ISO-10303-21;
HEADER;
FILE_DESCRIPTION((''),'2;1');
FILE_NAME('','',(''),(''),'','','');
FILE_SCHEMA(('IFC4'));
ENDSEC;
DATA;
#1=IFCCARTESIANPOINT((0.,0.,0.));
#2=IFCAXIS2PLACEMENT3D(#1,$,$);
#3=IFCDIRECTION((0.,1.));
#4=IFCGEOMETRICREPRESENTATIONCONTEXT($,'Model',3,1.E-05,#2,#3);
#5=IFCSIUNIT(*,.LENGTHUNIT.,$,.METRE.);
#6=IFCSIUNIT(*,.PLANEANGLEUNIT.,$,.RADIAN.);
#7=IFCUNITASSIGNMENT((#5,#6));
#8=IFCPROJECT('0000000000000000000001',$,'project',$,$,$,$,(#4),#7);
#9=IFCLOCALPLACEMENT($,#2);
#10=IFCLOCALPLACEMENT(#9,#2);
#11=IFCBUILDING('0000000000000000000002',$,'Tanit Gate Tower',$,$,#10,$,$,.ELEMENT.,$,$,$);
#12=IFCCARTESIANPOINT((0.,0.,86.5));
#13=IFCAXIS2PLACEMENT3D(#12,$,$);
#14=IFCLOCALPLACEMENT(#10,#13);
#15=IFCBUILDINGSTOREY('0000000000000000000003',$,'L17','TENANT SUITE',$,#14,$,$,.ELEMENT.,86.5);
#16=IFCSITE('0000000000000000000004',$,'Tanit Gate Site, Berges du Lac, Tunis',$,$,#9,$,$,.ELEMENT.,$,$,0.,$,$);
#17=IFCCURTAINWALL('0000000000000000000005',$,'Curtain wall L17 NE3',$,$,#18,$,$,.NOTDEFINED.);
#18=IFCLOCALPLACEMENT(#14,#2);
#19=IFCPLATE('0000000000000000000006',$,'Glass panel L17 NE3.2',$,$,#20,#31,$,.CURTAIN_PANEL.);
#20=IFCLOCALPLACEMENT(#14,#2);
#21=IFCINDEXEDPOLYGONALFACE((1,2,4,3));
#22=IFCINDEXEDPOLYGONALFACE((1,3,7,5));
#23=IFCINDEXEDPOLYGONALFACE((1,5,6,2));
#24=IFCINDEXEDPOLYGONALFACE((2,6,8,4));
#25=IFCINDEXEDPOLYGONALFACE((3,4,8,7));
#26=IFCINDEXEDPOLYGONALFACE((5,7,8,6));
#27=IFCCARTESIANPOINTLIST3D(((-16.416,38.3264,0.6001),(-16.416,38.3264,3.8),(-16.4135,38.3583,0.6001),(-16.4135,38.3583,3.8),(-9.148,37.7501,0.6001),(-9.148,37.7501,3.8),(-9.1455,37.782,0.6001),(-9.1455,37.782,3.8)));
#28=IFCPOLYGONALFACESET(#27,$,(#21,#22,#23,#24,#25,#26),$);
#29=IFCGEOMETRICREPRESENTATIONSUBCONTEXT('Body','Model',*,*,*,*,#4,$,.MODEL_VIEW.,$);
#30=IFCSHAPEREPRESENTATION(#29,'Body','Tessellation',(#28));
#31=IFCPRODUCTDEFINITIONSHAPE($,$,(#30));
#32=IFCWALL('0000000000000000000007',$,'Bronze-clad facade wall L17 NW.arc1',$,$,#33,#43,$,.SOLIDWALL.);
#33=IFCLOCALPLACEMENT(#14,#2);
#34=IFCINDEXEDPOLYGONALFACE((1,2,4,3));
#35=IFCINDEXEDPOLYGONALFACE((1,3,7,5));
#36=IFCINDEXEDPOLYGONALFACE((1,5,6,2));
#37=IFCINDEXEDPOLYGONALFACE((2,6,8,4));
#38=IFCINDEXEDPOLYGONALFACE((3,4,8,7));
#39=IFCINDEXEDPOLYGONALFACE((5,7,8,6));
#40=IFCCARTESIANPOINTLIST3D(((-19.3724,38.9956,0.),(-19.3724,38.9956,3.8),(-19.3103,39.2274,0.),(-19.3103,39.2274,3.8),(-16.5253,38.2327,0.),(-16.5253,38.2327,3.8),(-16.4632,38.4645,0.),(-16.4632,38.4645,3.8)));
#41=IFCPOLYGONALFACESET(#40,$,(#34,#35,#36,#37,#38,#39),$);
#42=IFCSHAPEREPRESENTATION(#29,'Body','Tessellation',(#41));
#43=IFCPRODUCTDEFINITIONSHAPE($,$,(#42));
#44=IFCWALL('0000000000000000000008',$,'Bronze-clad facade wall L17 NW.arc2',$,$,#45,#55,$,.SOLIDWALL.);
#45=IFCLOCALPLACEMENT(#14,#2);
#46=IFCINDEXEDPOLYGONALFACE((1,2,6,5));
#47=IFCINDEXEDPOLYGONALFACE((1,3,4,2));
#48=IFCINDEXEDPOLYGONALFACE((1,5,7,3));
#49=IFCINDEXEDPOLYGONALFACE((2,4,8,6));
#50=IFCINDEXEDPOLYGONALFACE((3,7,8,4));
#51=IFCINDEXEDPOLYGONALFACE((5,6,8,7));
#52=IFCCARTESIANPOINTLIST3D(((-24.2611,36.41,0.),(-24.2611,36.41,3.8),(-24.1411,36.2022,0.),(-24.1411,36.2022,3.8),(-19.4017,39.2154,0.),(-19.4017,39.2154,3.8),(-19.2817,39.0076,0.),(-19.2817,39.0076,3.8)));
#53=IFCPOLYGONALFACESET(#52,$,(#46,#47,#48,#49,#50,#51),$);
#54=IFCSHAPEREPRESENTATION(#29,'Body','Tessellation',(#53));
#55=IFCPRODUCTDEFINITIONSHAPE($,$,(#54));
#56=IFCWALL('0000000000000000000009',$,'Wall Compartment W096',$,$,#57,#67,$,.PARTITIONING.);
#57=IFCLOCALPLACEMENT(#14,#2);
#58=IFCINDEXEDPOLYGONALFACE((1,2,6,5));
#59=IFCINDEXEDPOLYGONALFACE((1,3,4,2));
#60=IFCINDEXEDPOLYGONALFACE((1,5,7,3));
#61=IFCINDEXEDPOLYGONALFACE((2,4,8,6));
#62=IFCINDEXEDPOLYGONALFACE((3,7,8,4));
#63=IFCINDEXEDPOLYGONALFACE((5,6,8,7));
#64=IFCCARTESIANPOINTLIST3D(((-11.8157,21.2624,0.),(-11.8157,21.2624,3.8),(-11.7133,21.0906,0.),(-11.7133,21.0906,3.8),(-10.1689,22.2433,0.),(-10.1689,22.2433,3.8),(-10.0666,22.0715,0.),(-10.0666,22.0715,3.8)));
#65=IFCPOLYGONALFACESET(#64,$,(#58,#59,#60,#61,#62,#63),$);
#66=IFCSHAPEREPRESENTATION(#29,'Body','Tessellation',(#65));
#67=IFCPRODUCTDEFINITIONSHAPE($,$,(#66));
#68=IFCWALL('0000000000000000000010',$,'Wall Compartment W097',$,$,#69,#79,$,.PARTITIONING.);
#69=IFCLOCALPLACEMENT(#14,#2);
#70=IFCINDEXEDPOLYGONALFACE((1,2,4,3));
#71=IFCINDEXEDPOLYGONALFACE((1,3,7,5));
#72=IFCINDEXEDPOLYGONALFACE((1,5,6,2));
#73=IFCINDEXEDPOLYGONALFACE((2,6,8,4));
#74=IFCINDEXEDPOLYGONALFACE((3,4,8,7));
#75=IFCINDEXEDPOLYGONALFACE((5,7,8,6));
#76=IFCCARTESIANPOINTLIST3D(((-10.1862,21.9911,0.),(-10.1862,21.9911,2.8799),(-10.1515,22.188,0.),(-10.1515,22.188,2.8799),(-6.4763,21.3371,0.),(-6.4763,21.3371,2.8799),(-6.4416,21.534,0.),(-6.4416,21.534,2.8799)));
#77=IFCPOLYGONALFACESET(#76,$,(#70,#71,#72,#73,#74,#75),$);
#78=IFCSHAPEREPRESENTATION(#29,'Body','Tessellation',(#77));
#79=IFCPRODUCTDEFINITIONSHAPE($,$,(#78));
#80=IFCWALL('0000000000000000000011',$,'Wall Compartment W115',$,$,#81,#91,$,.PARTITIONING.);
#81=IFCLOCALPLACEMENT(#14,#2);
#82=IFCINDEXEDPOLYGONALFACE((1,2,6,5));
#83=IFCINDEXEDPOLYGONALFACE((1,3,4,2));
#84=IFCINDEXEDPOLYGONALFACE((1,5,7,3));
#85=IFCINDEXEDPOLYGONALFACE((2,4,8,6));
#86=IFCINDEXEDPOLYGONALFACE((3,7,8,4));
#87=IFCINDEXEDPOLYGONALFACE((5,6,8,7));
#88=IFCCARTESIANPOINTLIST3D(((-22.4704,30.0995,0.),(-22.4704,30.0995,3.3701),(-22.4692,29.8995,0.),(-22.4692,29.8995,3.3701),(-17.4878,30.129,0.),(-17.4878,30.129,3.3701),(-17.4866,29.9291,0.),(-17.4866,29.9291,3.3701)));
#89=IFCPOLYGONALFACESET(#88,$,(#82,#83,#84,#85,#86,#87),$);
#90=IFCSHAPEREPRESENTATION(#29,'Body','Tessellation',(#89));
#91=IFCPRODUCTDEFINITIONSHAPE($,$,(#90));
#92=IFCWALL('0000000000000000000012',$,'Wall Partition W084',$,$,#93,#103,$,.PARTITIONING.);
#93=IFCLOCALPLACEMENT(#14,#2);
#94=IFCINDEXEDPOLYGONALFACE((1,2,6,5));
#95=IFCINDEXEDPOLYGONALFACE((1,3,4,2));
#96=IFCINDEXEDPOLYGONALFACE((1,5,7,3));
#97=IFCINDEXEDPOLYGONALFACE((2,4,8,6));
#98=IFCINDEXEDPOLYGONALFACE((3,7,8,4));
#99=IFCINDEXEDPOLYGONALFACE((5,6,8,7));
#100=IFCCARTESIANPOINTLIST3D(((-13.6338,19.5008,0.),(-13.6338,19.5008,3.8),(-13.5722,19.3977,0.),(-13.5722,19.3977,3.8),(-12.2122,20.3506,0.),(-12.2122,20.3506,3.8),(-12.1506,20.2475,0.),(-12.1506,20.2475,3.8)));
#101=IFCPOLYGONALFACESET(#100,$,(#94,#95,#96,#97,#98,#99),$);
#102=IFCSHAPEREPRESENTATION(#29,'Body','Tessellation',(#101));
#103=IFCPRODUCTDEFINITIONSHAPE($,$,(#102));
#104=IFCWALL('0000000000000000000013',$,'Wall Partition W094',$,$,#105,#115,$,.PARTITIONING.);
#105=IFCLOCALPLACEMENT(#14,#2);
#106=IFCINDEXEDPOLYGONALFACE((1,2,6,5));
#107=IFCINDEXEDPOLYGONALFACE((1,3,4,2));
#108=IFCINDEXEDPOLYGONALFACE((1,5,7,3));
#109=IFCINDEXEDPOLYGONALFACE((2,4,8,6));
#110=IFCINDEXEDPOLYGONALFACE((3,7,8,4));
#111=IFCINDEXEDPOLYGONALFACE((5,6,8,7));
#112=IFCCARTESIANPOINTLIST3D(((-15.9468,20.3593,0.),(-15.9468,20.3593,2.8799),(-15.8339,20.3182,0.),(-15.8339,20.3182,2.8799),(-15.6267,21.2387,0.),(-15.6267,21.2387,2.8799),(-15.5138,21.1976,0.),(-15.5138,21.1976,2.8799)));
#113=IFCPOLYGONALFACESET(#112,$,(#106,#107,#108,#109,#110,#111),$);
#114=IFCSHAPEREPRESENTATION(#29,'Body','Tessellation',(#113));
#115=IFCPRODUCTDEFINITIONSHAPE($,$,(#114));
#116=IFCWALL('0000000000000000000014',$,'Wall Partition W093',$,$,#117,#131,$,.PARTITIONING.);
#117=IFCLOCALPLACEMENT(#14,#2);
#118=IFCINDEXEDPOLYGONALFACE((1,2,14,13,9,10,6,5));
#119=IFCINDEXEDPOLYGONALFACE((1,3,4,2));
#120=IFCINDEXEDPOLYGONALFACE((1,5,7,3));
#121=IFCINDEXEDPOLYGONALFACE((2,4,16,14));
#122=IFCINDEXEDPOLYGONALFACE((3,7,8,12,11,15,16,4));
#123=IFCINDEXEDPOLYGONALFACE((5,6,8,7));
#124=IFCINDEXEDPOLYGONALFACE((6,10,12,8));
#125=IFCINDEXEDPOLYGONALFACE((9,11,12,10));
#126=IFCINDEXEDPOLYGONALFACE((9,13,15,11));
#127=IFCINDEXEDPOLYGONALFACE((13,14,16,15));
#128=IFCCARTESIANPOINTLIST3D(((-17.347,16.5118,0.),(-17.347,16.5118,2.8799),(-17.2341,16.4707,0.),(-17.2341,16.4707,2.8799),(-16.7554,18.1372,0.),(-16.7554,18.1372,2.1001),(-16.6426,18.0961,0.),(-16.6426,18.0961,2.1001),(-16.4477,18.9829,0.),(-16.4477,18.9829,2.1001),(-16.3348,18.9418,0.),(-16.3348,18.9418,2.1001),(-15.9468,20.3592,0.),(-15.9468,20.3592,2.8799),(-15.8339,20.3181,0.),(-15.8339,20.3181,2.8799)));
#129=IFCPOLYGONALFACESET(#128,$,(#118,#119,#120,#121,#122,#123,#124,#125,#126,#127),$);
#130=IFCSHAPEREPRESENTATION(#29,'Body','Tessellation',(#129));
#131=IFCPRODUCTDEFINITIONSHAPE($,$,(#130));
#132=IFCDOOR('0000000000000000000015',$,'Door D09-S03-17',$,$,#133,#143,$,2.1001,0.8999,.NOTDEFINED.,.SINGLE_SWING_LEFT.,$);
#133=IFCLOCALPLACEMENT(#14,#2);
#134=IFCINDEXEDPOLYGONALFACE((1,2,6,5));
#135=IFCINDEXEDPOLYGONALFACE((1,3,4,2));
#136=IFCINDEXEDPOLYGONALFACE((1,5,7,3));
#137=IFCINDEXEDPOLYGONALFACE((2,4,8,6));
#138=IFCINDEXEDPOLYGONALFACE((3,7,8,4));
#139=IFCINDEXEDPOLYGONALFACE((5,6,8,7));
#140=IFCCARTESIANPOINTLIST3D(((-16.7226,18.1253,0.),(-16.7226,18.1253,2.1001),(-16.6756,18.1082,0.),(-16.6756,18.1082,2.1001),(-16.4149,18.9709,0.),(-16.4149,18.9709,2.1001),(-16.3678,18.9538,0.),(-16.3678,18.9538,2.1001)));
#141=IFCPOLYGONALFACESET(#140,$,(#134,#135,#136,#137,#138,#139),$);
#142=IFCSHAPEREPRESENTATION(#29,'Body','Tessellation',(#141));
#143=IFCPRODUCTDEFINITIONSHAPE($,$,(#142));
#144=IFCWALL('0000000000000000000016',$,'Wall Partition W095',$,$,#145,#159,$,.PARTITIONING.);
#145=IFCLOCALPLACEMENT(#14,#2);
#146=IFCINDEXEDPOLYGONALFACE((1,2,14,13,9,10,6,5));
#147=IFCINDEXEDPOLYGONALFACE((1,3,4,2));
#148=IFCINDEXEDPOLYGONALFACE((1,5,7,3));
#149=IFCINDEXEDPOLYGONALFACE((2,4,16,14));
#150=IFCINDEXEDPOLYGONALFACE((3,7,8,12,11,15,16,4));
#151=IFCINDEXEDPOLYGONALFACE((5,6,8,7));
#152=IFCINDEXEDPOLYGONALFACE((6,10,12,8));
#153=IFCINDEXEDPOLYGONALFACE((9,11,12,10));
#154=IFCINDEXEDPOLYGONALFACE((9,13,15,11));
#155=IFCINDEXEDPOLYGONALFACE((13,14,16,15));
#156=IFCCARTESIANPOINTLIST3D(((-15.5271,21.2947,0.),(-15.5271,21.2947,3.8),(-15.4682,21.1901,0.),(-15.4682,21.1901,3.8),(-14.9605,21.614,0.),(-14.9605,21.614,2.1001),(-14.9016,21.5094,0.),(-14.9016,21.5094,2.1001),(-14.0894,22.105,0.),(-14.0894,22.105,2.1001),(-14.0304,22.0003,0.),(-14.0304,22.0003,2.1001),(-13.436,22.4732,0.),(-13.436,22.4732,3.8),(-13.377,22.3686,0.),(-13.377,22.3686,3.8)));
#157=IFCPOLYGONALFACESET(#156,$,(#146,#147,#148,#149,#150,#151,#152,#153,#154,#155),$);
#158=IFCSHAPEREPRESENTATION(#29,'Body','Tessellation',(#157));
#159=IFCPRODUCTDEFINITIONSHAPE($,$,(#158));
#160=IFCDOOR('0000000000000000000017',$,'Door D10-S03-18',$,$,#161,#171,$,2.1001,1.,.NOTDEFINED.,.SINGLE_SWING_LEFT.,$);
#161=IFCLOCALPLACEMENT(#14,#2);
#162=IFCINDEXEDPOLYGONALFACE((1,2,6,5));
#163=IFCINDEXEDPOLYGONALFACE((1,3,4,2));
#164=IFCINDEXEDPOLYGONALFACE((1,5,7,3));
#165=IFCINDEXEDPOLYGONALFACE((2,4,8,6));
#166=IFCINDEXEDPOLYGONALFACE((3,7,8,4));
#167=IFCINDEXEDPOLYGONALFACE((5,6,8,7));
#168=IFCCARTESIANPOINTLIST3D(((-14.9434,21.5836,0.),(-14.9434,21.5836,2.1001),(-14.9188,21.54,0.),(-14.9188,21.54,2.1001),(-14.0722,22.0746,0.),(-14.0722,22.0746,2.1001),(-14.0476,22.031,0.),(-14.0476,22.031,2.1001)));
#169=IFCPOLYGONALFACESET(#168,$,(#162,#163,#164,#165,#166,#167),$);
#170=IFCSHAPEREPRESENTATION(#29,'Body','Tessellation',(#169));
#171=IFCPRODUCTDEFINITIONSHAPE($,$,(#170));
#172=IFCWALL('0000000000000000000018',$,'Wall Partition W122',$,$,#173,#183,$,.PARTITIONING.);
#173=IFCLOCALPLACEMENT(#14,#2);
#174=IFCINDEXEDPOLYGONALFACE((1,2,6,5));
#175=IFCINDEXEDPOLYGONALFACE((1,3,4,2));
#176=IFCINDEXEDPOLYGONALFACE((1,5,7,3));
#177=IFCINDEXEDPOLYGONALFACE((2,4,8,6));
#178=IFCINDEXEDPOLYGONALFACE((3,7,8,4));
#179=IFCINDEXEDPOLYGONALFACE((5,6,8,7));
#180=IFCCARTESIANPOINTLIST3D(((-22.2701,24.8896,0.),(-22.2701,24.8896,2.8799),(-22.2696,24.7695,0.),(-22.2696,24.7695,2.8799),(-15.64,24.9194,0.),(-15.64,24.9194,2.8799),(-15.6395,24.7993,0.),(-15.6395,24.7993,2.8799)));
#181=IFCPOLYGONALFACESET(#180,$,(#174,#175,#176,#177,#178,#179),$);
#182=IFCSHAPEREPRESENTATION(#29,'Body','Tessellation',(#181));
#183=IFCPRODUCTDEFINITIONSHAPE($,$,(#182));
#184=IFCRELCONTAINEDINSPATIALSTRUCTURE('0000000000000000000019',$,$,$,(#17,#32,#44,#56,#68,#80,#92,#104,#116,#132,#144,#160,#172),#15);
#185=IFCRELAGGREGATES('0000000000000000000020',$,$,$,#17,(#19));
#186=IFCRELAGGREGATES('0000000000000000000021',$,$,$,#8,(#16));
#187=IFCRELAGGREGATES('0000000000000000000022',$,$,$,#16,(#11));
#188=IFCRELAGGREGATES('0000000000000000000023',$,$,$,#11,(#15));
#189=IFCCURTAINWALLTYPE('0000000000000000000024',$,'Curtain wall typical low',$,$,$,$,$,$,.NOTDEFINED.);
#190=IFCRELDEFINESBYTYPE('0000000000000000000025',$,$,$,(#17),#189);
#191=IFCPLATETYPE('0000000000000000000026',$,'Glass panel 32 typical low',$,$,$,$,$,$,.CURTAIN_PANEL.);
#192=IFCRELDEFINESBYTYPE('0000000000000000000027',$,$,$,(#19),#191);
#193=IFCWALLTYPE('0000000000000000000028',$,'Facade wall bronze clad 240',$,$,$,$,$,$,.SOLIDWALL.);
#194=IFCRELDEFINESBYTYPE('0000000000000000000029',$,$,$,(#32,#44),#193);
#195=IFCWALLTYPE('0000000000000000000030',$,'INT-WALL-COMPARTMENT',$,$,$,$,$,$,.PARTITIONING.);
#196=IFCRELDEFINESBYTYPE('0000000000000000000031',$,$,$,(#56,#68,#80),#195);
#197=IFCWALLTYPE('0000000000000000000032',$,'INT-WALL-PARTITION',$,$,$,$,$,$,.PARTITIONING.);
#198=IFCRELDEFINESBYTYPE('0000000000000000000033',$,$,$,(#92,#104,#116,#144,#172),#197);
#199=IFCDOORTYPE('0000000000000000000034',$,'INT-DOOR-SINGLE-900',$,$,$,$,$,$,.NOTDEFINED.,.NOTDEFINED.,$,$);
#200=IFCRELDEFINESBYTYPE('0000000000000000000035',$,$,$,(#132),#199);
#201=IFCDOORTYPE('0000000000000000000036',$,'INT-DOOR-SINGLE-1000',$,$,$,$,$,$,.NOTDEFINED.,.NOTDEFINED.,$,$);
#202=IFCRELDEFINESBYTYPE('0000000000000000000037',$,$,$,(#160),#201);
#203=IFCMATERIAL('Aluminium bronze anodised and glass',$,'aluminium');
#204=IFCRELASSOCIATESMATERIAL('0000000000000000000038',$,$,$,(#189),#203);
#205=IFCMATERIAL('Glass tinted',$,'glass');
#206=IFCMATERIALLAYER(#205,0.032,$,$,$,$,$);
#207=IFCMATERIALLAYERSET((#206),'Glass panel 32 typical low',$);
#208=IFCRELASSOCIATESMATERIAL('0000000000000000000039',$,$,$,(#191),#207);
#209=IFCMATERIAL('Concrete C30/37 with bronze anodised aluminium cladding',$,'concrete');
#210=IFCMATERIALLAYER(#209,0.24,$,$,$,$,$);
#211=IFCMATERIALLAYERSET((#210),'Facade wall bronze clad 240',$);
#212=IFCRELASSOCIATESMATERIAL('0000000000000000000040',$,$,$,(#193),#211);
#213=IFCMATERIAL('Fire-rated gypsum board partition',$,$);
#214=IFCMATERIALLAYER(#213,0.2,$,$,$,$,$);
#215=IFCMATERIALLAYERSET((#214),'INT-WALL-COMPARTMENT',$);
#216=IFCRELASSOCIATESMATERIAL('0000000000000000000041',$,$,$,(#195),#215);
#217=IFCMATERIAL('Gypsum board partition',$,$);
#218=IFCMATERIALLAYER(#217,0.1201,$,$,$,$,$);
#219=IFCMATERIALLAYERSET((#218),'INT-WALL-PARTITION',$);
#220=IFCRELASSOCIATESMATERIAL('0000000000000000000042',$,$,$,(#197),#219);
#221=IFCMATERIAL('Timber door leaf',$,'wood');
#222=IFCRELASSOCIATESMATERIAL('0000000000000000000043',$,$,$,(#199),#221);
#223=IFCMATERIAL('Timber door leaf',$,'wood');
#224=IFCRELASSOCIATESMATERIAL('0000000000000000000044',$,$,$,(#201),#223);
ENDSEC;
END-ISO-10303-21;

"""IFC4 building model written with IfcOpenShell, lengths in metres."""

from ifc_helpers import new_model, si_unit, direction, frame, frame_2d, origin, origin_2d, place, context, subcontext, project, spatial, rectangle, extrude, material, layer, layer_set, type_object, element, fill, aggregate, save


model = new_model("IFC4")

# Units and contexts
model_context = context("Model", 3, precision=1e-05, world=origin(), true_north=direction((0.0, 1.0)))
body_context = subcontext(model_context, "Body", "Model", "MODEL_VIEW")
ifc_project = project(units=[si_unit("LENGTHUNIT", "METRE"), si_unit("PLANEANGLEUNIT", "RADIAN")], contexts=[model_context])

# Site, building, storey
site_placement = place(None, origin())
site = spatial("IfcSite", under=ifc_project, at=site_placement, Name="Tanit Gate Site, Berges du Lac, Tunis", CompositionType="ELEMENT", RefElevation=0.0)
building_placement = place(site_placement, origin())
building = spatial("IfcBuilding", under=site, at=building_placement, Name="Tanit Gate Tower", CompositionType="ELEMENT")
storey_placement = place(building_placement, frame((0.0, 0.0, 86.5)))
storey = spatial("IfcBuildingStorey", under=building, at=storey_placement, Name="L17", Description="TENANT SUITE", CompositionType="ELEMENT", Elevation=86.5)

# Curtain wall
ifc_material_1 = material(Name="Aluminium bronze anodised and glass", Category="aluminium")
curtain_wall_type = type_object("IfcCurtainWallType", Name="Curtain wall typical low", PredefinedType="NOTDEFINED", material=ifc_material_1)
curtain_wall_placement = place(storey_placement, origin())
curtain_wall = element("IfcCurtainWall", 1, at=curtain_wall_placement, inside=storey, type_object=curtain_wall_type, Name="Curtain wall L17 NE3", PredefinedType="NOTDEFINED")

# Plate
ifc_material_2 = material(Name="Glass tinted", Category="glass")
ifc_layer_1 = layer(ifc_material_2, 0.032)
ifc_layer_set_1 = layer_set([ifc_layer_1], Name="Glass panel 32 typical low")
plate_type = type_object("IfcPlateType", Name="Glass panel 32 typical low", PredefinedType="CURTAIN_PANEL", material=ifc_layer_set_1)
plate_1_placement = place(storey_placement, frame((-12.7808, 38.0542, 0.6001), z_axis=(0.0, 0.0, 1.0), x_axis=(-0.996871, 0.079045, 0.0)))
plate_1 = element("IfcPlate", 2, at=plate_1_placement, type_object=plate_type, Name="Glass panel L17 NE3.2", PredefinedType="CURTAIN_PANEL", context=body_context, shape_type="SweptSolid", body=[
    extrude(rectangle(XDim=7.2908, YDim=0.032, at=origin_2d()), origin(), (0.0, 0.0, 1.0), 3.2),
])
aggregate(curtain_wall, [plate_1])

# Walls
ifc_material_3 = material(Name="Concrete C30/37 with bronze anodised aluminium cladding", Category="concrete")
ifc_layer_2 = layer(ifc_material_3, 0.24)
ifc_layer_set_2 = layer_set([ifc_layer_2], Name="Facade wall bronze clad 240")
wall_type_1 = type_object("IfcWallType", Name="Facade wall bronze clad 240", PredefinedType="SOLIDWALL", material=ifc_layer_set_2)
wall_1_placement = place(storey_placement, frame((-16.4944, 38.3486, 0.0), z_axis=(0.0, 0.0, 1.0), x_axis=(-0.965922, 0.258833, 0.0)))
element("IfcWall", 3, at=wall_1_placement, inside=storey, type_object=wall_type_1, Name="Bronze-clad facade wall L17 NW.arc1", PredefinedType="SOLIDWALL", context=body_context, shape_type="SweptSolid", body=[
    extrude(rectangle(XDim=2.9475, YDim=0.24, at=frame_2d((1.4736, 0.0))), origin(), (0.0, 0.0, 1.0), 3.8),
])
wall_2_placement = place(storey_placement, frame((-19.3416, 39.1116, 0.0), z_axis=(0.0, 0.0, 1.0), x_axis=(-0.866036, -0.499981, 0.0)))
element("IfcWall", 4, at=wall_2_placement, inside=storey, type_object=wall_type_1, Name="Bronze-clad facade wall L17 NW.arc2", PredefinedType="SOLIDWALL", context=body_context, shape_type="SweptSolid", body=[
    extrude(rectangle(XDim=5.6111, YDim=0.24, at=frame_2d((2.8057, 0.0))), origin(), (0.0, 0.0, 1.0), 3.8),
])
ifc_material_4 = material(Name="Fire-rated gypsum board partition")
ifc_layer_3 = layer(ifc_material_4, 0.2)
ifc_layer_set_3 = layer_set([ifc_layer_3], Name="INT-WALL-COMPARTMENT")
wall_type_2 = type_object("IfcWallType", Name="INT-WALL-COMPARTMENT", PredefinedType="PARTITIONING", material=ifc_layer_set_3)
wall_3_placement = place(storey_placement, frame((-10.1177, 22.1575, 0.0), z_axis=(0.0, 0.0, 1.0), x_axis=(-0.859118, -0.511777, 0.0)))
element("IfcWall", 5, at=wall_3_placement, inside=storey, type_object=wall_type_2, Name="Wall Compartment W096", PredefinedType="PARTITIONING", context=body_context, shape_type="SweptSolid", body=[
    extrude(rectangle(XDim=1.9167, YDim=0.2, at=frame_2d((0.9585, 0.0))), origin(), (0.0, 0.0, 1.0), 3.8),
])
wall_4_placement = place(storey_placement, frame((-6.459, 21.4355, 0.0), z_axis=(0.0, 0.0, 1.0), x_axis=(-0.984813, 0.173619, 0.0)))
element("IfcWall", 6, at=wall_4_placement, inside=storey, type_object=wall_type_2, Name="Wall Compartment W097", PredefinedType="PARTITIONING", context=body_context, shape_type="SweptSolid", body=[
    extrude(rectangle(XDim=3.7671, YDim=0.2, at=frame_2d((1.8835, 0.0))), origin(), (0.0, 0.0, 1.0), 2.8799),
])
wall_5_placement = place(storey_placement, frame((-17.4873, 30.0291, 0.0), z_axis=(0.0, 0.0, 1.0), x_axis=(-0.999982, -0.005929, 0.0)))
element("IfcWall", 7, at=wall_5_placement, inside=storey, type_object=wall_type_2, Name="Wall Compartment W115", PredefinedType="PARTITIONING", context=body_context, shape_type="SweptSolid", body=[
    extrude(rectangle(XDim=4.9827, YDim=0.2, at=frame_2d((2.4912, 0.0))), origin(), (0.0, 0.0, 1.0), 3.3701),
])
ifc_material_5 = material(Name="Gypsum board partition")
ifc_layer_4 = layer(ifc_material_5, 0.1201)
ifc_layer_set_4 = layer_set([ifc_layer_4], Name="INT-WALL-PARTITION")
wall_type_3 = type_object("IfcWallType", Name="INT-WALL-PARTITION", PredefinedType="PARTITIONING", material=ifc_layer_set_4)
wall_6_placement = place(storey_placement, frame((-12.1814, 20.2991, 0.0), z_axis=(0.0, 0.0, 1.0), x_axis=(-0.858324, -0.513108, 0.0)))
element("IfcWall", 8, at=wall_6_placement, inside=storey, type_object=wall_type_3, Name="Wall Partition W084", PredefinedType="PARTITIONING", context=body_context, shape_type="SweptSolid", body=[
    extrude(rectangle(XDim=1.6562, YDim=0.1201, at=frame_2d((0.8281, 0.0))), origin(), (0.0, 0.0, 1.0), 3.8),
])
wall_7_placement = place(storey_placement, frame((-15.5703, 21.218, 0.0), z_axis=(0.0, 0.0, 1.0), x_axis=(-0.342015, -0.939694, 0.0)))
element("IfcWall", 9, at=wall_7_placement, inside=storey, type_object=wall_type_3, Name="Wall Partition W094", PredefinedType="PARTITIONING", context=body_context, shape_type="SweptSolid", body=[
    extrude(rectangle(XDim=0.9358, YDim=0.1201, at=frame_2d((0.4678, 0.0))), origin(), (0.0, 0.0, 1.0), 2.8799),
])

# Walls, openings, doors
wall_8_placement = place(storey_placement, frame((-15.8904, 20.3386, 0.0), z_axis=(0.0, 0.0, 1.0), x_axis=(-0.341978, -0.939708, 0.0)))
wall_8 = element("IfcWall", 10, at=wall_8_placement, inside=storey, type_object=wall_type_3, Name="Wall Partition W093", PredefinedType="PARTITIONING", context=body_context, shape_type="SweptSolid", body=[
    extrude(rectangle(XDim=4.0942, YDim=0.1201, at=frame_2d((2.0471, 0.0))), origin(), (0.0, 0.0, 1.0), 2.8799),
])
opening_1_placement = place(wall_8_placement, frame((1.4646, 0.0, 0.0)))
opening_1 = element("IfcOpeningElement", 11, at=opening_1_placement, cuts=wall_8, PredefinedType="OPENING", context=body_context, shape_type="SweptSolid", body=[
    extrude(rectangle(XDim=0.8999, YDim=2.1001, at=frame_2d((0.45, 1.05))), frame((0.0, 0.0701, 0.0), z_axis=(0.0, -1.0, 0.0), x_axis=(1.0, 0.0, 0.0)), (0.0, 0.0, 1.0), 0.1401),
])
ifc_material_6 = material(Name="Timber door leaf", Category="wood")
door_type_1 = type_object("IfcDoorType", Name="INT-DOOR-SINGLE-900", OperationType="NOTDEFINED", PredefinedType="NOTDEFINED", material=ifc_material_6)
door_1_placement = place(opening_1_placement, origin())
door_1 = element("IfcDoor", 12, at=door_1_placement, inside=storey, type_object=door_type_1, Name="Door D09-S03-17", OperationType="SINGLE_SWING_LEFT", OverallHeight=2.1001, OverallWidth=0.8999, PredefinedType="NOTDEFINED", context=body_context, shape_type="SweptSolid", body=[
    extrude(rectangle(XDim=0.8999, YDim=2.1001, at=frame_2d((0.45, 1.05))), frame((0.0, 0.0249, 0.0), z_axis=(0.0, -1.0, 0.0), x_axis=(1.0, 0.0, 0.0)), (0.0, 0.0, 1.0), 0.05),
])
fill(opening_1, door_1)
wall_9_placement = place(storey_placement, frame((-13.4065, 22.4209, 0.0), z_axis=(0.0, 0.0, 1.0), x_axis=(-0.871176, -0.490971, 0.0)))
wall_9 = element("IfcWall", 13, at=wall_9_placement, inside=storey, type_object=wall_type_3, Name="Wall Partition W095", PredefinedType="PARTITIONING", context=body_context, shape_type="SweptSolid", body=[
    extrude(rectangle(XDim=2.4004, YDim=0.1201, at=frame_2d((1.2002, 0.0))), origin(), (0.0, 0.0, 1.0), 3.8),
])
opening_2_placement = place(wall_9_placement, frame((0.75, 0.0, 0.0)))
opening_2 = element("IfcOpeningElement", 14, at=opening_2_placement, cuts=wall_9, PredefinedType="OPENING", context=body_context, shape_type="SweptSolid", body=[
    extrude(rectangle(XDim=1.0, YDim=2.1001, at=frame_2d((0.5, 1.05))), frame((0.0, 0.0701, 0.0), z_axis=(0.0, -1.0, 0.0), x_axis=(1.0, 0.0, 0.0)), (0.0, 0.0, 1.0), 0.1401),
])
ifc_material_7 = material(Name="Timber door leaf", Category="wood")
door_type_2 = type_object("IfcDoorType", Name="INT-DOOR-SINGLE-1000", OperationType="NOTDEFINED", PredefinedType="NOTDEFINED", material=ifc_material_7)
door_2_placement = place(opening_2_placement, origin())
door_2 = element("IfcDoor", 15, at=door_2_placement, inside=storey, type_object=door_type_2, Name="Door D10-S03-18", OperationType="SINGLE_SWING_LEFT", OverallHeight=2.1001, OverallWidth=1.0, PredefinedType="NOTDEFINED", context=body_context, shape_type="SweptSolid", body=[
    extrude(rectangle(XDim=1.0, YDim=2.1001, at=frame_2d((0.5, 1.05))), frame((0.0, 0.0249, 0.0), z_axis=(0.0, -1.0, 0.0), x_axis=(1.0, 0.0, 0.0)), (0.0, 0.0, 1.0), 0.05),
])
fill(opening_2, door_2)

# Wall
wall_10_placement = place(storey_placement, frame((-15.6399, 24.8594, 0.0), z_axis=(0.0, 0.0, 1.0), x_axis=(-0.99999, -0.004492, 0.0)))
element("IfcWall", 16, at=wall_10_placement, inside=storey, type_object=wall_type_3, Name="Wall Partition W122", PredefinedType="PARTITIONING", context=body_context, shape_type="SweptSolid", body=[
    extrude(rectangle(XDim=6.6301, YDim=0.1201, at=frame_2d((3.3149, 0.0))), origin(), (0.0, 0.0, 1.0), 2.8799),
])

save(model, "model.ifc")
